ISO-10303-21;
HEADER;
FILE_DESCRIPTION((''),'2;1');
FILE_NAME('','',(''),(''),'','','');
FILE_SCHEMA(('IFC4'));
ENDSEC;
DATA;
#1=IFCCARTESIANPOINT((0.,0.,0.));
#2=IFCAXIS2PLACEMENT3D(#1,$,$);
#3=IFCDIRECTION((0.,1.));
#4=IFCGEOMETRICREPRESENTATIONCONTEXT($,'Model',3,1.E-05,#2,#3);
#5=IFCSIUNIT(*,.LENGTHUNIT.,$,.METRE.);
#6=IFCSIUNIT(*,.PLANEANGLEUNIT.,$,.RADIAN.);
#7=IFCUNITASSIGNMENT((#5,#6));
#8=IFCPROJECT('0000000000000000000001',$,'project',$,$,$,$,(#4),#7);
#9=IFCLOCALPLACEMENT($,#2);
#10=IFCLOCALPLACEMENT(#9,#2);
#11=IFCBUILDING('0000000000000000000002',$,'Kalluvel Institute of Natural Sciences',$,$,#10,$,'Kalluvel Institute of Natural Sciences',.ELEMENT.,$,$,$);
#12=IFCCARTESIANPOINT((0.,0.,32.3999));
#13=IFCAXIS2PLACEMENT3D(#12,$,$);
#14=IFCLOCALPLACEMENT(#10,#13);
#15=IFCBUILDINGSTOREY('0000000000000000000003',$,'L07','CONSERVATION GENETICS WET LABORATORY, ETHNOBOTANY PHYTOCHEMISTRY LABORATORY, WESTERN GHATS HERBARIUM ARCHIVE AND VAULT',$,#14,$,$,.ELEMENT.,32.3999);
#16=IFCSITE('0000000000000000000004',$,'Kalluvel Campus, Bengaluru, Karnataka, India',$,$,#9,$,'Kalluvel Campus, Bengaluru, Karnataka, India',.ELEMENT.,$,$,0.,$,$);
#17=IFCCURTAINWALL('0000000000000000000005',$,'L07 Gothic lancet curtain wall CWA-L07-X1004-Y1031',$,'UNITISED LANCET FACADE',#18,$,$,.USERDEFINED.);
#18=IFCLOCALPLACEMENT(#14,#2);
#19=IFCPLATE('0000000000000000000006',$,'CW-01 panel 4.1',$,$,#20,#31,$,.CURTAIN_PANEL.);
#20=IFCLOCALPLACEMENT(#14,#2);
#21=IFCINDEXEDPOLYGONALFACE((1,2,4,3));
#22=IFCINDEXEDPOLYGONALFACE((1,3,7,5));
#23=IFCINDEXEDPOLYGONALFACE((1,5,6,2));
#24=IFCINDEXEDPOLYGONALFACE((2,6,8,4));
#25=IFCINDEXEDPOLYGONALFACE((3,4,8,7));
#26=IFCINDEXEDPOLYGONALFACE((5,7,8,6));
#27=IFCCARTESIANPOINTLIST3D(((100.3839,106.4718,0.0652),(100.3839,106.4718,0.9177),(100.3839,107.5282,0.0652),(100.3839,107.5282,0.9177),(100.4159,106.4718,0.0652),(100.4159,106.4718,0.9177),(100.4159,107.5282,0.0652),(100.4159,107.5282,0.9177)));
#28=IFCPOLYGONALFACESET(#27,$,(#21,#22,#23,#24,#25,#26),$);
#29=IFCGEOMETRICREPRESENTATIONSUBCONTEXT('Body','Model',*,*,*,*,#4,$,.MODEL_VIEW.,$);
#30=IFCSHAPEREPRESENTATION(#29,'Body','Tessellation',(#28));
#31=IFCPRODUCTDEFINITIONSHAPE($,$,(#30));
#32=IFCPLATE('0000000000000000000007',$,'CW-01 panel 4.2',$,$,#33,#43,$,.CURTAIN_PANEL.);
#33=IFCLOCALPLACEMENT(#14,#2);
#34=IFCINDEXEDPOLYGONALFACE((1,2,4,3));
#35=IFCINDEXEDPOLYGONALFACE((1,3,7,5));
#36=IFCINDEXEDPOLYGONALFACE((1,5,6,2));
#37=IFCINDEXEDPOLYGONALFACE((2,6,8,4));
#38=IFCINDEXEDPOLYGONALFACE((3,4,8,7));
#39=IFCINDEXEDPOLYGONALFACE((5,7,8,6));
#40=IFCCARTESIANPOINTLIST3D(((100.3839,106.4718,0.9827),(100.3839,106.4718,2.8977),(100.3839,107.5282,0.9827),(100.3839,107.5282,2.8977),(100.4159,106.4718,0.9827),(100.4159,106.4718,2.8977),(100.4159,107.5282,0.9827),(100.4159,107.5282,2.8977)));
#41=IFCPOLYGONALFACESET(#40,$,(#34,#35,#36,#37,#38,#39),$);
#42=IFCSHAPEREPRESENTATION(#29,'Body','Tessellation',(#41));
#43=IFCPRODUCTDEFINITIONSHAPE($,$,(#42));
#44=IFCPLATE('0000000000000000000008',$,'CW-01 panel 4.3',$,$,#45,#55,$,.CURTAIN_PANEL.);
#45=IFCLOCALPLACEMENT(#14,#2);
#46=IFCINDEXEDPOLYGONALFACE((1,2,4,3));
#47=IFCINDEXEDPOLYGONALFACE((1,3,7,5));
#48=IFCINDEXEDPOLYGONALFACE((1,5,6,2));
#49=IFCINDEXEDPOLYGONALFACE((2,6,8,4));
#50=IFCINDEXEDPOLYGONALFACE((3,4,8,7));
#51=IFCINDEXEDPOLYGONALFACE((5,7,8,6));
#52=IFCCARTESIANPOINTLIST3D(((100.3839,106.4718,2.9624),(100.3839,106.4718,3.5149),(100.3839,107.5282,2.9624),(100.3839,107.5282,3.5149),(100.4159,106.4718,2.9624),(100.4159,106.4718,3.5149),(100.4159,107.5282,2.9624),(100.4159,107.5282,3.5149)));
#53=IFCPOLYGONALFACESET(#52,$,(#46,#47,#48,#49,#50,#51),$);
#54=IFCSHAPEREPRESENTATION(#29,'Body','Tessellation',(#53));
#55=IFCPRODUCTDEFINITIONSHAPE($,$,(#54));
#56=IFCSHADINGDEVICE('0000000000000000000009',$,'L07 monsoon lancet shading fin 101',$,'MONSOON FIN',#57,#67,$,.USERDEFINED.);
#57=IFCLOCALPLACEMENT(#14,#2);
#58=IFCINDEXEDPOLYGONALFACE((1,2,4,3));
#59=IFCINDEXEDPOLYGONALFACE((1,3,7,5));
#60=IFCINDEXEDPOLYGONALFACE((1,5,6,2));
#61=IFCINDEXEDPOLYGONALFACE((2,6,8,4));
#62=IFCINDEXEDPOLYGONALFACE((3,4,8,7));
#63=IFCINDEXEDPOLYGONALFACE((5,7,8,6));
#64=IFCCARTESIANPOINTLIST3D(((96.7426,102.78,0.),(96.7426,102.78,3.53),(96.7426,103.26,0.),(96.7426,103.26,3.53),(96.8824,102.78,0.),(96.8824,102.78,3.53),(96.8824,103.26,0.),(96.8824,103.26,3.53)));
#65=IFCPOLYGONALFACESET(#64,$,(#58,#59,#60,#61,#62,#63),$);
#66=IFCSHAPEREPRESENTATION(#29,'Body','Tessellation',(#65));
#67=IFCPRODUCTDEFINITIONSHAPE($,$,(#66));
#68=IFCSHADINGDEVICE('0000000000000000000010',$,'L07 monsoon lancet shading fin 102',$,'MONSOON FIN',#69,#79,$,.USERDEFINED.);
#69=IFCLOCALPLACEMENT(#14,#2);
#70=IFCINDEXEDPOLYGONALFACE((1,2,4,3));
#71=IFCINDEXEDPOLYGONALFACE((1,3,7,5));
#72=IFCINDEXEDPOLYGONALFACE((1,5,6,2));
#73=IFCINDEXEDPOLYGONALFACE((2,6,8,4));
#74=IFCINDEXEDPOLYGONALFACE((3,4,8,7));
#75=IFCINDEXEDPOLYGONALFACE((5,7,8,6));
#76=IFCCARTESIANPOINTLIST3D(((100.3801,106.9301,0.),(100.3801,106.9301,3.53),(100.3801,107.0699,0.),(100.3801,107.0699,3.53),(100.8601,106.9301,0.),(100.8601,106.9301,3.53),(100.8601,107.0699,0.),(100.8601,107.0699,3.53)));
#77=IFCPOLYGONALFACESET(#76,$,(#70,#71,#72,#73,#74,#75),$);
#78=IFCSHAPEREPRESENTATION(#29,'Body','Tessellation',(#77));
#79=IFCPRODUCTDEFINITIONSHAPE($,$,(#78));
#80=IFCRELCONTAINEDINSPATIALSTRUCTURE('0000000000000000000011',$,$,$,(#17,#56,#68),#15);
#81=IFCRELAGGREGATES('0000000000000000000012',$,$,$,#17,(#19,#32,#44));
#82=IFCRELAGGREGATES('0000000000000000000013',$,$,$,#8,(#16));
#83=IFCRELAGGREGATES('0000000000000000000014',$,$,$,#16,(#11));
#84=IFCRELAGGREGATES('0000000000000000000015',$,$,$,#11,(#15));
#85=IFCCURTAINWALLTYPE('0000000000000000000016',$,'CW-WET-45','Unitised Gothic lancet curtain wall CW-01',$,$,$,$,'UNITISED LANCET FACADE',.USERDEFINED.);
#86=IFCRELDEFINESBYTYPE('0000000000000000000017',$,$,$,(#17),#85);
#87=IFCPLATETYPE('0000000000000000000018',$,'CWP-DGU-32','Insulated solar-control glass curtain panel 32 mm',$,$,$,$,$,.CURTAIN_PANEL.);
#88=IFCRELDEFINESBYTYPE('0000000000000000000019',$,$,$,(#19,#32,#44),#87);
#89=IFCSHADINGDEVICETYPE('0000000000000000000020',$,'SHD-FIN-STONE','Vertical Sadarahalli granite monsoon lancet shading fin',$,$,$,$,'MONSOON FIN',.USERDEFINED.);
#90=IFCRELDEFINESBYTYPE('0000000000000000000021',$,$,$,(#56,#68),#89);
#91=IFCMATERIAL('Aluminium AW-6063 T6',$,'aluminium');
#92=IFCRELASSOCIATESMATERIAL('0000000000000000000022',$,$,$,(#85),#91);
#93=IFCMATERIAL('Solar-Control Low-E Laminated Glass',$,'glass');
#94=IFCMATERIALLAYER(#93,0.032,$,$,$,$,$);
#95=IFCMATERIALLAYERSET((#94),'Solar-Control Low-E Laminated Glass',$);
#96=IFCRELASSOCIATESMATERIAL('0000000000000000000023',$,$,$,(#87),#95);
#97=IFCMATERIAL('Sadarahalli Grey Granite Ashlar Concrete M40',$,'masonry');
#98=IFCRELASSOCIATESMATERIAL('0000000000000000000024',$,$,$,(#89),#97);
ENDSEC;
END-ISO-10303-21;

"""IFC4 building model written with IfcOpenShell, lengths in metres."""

from ifc_helpers import new_model, si_unit, direction, frame, origin, origin_2d, place, context, subcontext, project, spatial, rectangle, extrude, material, layer, layer_set, type_object, element, aggregate, save


model = new_model("IFC4")

# Units and contexts
model_context = context("Model", 3, precision=1e-05, world=origin(), true_north=direction((0.0, 1.0)))
body_context = subcontext(model_context, "Body", "Model", "MODEL_VIEW")
ifc_project = project(units=[si_unit("LENGTHUNIT", "METRE"), si_unit("PLANEANGLEUNIT", "RADIAN")], contexts=[model_context])

# Site, building, storey
site_placement = place(None, origin())
site = spatial("IfcSite", under=ifc_project, at=site_placement, Name="Kalluvel Campus, Bengaluru, Karnataka, India", LongName="Kalluvel Campus, Bengaluru, Karnataka, India", CompositionType="ELEMENT", RefElevation=0.0)
building_placement = place(site_placement, origin())
building = spatial("IfcBuilding", under=site, at=building_placement, Name="Kalluvel Institute of Natural Sciences", LongName="Kalluvel Institute of Natural Sciences", CompositionType="ELEMENT")
storey_placement = place(building_placement, frame((0.0, 0.0, 32.3999)))
storey = spatial("IfcBuildingStorey", under=building, at=storey_placement, Name="L07", Description="CONSERVATION GENETICS WET LABORATORY, ETHNOBOTANY PHYTOCHEMISTRY LABORATORY, WESTERN GHATS HERBARIUM ARCHIVE AND VAULT", CompositionType="ELEMENT", Elevation=32.3999)

# Curtain wall, plates
ifc_material_1 = material(Name="Aluminium AW-6063 T6", Category="aluminium")
curtain_wall_type = type_object("IfcCurtainWallType", Name="CW-WET-45", Description="Unitised Gothic lancet curtain wall CW-01", ElementType="UNITISED LANCET FACADE", PredefinedType="USERDEFINED", material=ifc_material_1)
curtain_wall_placement = place(storey_placement, origin())
curtain_wall = element("IfcCurtainWall", 1, at=curtain_wall_placement, inside=storey, type_object=curtain_wall_type, Name="L07 Gothic lancet curtain wall CWA-L07-X1004-Y1031", ObjectType="UNITISED LANCET FACADE", PredefinedType="USERDEFINED")
ifc_material_2 = material(Name="Solar-Control Low-E Laminated Glass", Category="glass")
ifc_layer = layer(ifc_material_2, 0.032)
ifc_layer_set = layer_set([ifc_layer], Name="Solar-Control Low-E Laminated Glass")
plate_type = type_object("IfcPlateType", Name="CWP-DGU-32", Description="Insulated solar-control glass curtain panel 32 mm", PredefinedType="CURTAIN_PANEL", material=ifc_layer_set)
plate_1_placement = place(storey_placement, frame((100.3999, 107.0, 0.0652), z_axis=(0.0, 0.0, 1.0), x_axis=(0.0, 1.0, 0.0)))
plate_1 = element("IfcPlate", 2, at=plate_1_placement, type_object=plate_type, Name="CW-01 panel 4.1", PredefinedType="CURTAIN_PANEL", context=body_context, shape_type="SweptSolid", body=[
    extrude(rectangle(XDim=1.0564, YDim=0.032, at=origin_2d()), origin(), (0.0, 0.0, 1.0), 0.8525),
])
plate_2_placement = place(storey_placement, frame((100.3999, 107.0, 0.9827), z_axis=(0.0, 0.0, 1.0), x_axis=(0.0, 1.0, 0.0)))
plate_2 = element("IfcPlate", 3, at=plate_2_placement, type_object=plate_type, Name="CW-01 panel 4.2", PredefinedType="CURTAIN_PANEL", context=body_context, shape_type="SweptSolid", body=[
    extrude(rectangle(XDim=1.0564, YDim=0.032, at=origin_2d()), origin(), (0.0, 0.0, 1.0), 1.915),
])
plate_3_placement = place(storey_placement, frame((100.3999, 107.0, 2.9624), z_axis=(0.0, 0.0, 1.0), x_axis=(0.0, 1.0, 0.0)))
plate_3 = element("IfcPlate", 4, at=plate_3_placement, type_object=plate_type, Name="CW-01 panel 4.3", PredefinedType="CURTAIN_PANEL", context=body_context, shape_type="SweptSolid", body=[
    extrude(rectangle(XDim=1.0564, YDim=0.032, at=origin_2d()), origin(), (0.0, 0.0, 1.0), 0.5525),
])
aggregate(curtain_wall, [plate_1, plate_2, plate_3])

# Shading devices
ifc_material_3 = material(Name="Sadarahalli Grey Granite Ashlar Concrete M40", Category="masonry")
shading_device_type = type_object("IfcShadingDeviceType", Name="SHD-FIN-STONE", Description="Vertical Sadarahalli granite monsoon lancet shading fin", ElementType="MONSOON FIN", PredefinedType="USERDEFINED", material=ifc_material_3)
for number, where, z_axis, x_axis, name in (
    (5, (96.8125, 103.02, 0.0), (0.0, 0.0, 1.0), (1.0, 0.0, 0.0), "L07 monsoon lancet shading fin 101"),
    (6, (100.6201, 107.0, 0.0), (0.0, 0.0, 1.0), (0.0, 1.0, 0.0), "L07 monsoon lancet shading fin 102"),
):
    element("IfcShadingDevice", number, at=place(storey_placement, frame(where, z_axis=z_axis, x_axis=x_axis)), inside=storey, type_object=shading_device_type, Name=name, ObjectType="MONSOON FIN", PredefinedType="USERDEFINED", context=body_context, shape_type="SweptSolid", body=[
        extrude(rectangle(XDim=0.1399, YDim=0.48, at=origin_2d()), origin(), (0.0, 0.0, 1.0), 3.53),
    ])

save(model, "model.ifc")
